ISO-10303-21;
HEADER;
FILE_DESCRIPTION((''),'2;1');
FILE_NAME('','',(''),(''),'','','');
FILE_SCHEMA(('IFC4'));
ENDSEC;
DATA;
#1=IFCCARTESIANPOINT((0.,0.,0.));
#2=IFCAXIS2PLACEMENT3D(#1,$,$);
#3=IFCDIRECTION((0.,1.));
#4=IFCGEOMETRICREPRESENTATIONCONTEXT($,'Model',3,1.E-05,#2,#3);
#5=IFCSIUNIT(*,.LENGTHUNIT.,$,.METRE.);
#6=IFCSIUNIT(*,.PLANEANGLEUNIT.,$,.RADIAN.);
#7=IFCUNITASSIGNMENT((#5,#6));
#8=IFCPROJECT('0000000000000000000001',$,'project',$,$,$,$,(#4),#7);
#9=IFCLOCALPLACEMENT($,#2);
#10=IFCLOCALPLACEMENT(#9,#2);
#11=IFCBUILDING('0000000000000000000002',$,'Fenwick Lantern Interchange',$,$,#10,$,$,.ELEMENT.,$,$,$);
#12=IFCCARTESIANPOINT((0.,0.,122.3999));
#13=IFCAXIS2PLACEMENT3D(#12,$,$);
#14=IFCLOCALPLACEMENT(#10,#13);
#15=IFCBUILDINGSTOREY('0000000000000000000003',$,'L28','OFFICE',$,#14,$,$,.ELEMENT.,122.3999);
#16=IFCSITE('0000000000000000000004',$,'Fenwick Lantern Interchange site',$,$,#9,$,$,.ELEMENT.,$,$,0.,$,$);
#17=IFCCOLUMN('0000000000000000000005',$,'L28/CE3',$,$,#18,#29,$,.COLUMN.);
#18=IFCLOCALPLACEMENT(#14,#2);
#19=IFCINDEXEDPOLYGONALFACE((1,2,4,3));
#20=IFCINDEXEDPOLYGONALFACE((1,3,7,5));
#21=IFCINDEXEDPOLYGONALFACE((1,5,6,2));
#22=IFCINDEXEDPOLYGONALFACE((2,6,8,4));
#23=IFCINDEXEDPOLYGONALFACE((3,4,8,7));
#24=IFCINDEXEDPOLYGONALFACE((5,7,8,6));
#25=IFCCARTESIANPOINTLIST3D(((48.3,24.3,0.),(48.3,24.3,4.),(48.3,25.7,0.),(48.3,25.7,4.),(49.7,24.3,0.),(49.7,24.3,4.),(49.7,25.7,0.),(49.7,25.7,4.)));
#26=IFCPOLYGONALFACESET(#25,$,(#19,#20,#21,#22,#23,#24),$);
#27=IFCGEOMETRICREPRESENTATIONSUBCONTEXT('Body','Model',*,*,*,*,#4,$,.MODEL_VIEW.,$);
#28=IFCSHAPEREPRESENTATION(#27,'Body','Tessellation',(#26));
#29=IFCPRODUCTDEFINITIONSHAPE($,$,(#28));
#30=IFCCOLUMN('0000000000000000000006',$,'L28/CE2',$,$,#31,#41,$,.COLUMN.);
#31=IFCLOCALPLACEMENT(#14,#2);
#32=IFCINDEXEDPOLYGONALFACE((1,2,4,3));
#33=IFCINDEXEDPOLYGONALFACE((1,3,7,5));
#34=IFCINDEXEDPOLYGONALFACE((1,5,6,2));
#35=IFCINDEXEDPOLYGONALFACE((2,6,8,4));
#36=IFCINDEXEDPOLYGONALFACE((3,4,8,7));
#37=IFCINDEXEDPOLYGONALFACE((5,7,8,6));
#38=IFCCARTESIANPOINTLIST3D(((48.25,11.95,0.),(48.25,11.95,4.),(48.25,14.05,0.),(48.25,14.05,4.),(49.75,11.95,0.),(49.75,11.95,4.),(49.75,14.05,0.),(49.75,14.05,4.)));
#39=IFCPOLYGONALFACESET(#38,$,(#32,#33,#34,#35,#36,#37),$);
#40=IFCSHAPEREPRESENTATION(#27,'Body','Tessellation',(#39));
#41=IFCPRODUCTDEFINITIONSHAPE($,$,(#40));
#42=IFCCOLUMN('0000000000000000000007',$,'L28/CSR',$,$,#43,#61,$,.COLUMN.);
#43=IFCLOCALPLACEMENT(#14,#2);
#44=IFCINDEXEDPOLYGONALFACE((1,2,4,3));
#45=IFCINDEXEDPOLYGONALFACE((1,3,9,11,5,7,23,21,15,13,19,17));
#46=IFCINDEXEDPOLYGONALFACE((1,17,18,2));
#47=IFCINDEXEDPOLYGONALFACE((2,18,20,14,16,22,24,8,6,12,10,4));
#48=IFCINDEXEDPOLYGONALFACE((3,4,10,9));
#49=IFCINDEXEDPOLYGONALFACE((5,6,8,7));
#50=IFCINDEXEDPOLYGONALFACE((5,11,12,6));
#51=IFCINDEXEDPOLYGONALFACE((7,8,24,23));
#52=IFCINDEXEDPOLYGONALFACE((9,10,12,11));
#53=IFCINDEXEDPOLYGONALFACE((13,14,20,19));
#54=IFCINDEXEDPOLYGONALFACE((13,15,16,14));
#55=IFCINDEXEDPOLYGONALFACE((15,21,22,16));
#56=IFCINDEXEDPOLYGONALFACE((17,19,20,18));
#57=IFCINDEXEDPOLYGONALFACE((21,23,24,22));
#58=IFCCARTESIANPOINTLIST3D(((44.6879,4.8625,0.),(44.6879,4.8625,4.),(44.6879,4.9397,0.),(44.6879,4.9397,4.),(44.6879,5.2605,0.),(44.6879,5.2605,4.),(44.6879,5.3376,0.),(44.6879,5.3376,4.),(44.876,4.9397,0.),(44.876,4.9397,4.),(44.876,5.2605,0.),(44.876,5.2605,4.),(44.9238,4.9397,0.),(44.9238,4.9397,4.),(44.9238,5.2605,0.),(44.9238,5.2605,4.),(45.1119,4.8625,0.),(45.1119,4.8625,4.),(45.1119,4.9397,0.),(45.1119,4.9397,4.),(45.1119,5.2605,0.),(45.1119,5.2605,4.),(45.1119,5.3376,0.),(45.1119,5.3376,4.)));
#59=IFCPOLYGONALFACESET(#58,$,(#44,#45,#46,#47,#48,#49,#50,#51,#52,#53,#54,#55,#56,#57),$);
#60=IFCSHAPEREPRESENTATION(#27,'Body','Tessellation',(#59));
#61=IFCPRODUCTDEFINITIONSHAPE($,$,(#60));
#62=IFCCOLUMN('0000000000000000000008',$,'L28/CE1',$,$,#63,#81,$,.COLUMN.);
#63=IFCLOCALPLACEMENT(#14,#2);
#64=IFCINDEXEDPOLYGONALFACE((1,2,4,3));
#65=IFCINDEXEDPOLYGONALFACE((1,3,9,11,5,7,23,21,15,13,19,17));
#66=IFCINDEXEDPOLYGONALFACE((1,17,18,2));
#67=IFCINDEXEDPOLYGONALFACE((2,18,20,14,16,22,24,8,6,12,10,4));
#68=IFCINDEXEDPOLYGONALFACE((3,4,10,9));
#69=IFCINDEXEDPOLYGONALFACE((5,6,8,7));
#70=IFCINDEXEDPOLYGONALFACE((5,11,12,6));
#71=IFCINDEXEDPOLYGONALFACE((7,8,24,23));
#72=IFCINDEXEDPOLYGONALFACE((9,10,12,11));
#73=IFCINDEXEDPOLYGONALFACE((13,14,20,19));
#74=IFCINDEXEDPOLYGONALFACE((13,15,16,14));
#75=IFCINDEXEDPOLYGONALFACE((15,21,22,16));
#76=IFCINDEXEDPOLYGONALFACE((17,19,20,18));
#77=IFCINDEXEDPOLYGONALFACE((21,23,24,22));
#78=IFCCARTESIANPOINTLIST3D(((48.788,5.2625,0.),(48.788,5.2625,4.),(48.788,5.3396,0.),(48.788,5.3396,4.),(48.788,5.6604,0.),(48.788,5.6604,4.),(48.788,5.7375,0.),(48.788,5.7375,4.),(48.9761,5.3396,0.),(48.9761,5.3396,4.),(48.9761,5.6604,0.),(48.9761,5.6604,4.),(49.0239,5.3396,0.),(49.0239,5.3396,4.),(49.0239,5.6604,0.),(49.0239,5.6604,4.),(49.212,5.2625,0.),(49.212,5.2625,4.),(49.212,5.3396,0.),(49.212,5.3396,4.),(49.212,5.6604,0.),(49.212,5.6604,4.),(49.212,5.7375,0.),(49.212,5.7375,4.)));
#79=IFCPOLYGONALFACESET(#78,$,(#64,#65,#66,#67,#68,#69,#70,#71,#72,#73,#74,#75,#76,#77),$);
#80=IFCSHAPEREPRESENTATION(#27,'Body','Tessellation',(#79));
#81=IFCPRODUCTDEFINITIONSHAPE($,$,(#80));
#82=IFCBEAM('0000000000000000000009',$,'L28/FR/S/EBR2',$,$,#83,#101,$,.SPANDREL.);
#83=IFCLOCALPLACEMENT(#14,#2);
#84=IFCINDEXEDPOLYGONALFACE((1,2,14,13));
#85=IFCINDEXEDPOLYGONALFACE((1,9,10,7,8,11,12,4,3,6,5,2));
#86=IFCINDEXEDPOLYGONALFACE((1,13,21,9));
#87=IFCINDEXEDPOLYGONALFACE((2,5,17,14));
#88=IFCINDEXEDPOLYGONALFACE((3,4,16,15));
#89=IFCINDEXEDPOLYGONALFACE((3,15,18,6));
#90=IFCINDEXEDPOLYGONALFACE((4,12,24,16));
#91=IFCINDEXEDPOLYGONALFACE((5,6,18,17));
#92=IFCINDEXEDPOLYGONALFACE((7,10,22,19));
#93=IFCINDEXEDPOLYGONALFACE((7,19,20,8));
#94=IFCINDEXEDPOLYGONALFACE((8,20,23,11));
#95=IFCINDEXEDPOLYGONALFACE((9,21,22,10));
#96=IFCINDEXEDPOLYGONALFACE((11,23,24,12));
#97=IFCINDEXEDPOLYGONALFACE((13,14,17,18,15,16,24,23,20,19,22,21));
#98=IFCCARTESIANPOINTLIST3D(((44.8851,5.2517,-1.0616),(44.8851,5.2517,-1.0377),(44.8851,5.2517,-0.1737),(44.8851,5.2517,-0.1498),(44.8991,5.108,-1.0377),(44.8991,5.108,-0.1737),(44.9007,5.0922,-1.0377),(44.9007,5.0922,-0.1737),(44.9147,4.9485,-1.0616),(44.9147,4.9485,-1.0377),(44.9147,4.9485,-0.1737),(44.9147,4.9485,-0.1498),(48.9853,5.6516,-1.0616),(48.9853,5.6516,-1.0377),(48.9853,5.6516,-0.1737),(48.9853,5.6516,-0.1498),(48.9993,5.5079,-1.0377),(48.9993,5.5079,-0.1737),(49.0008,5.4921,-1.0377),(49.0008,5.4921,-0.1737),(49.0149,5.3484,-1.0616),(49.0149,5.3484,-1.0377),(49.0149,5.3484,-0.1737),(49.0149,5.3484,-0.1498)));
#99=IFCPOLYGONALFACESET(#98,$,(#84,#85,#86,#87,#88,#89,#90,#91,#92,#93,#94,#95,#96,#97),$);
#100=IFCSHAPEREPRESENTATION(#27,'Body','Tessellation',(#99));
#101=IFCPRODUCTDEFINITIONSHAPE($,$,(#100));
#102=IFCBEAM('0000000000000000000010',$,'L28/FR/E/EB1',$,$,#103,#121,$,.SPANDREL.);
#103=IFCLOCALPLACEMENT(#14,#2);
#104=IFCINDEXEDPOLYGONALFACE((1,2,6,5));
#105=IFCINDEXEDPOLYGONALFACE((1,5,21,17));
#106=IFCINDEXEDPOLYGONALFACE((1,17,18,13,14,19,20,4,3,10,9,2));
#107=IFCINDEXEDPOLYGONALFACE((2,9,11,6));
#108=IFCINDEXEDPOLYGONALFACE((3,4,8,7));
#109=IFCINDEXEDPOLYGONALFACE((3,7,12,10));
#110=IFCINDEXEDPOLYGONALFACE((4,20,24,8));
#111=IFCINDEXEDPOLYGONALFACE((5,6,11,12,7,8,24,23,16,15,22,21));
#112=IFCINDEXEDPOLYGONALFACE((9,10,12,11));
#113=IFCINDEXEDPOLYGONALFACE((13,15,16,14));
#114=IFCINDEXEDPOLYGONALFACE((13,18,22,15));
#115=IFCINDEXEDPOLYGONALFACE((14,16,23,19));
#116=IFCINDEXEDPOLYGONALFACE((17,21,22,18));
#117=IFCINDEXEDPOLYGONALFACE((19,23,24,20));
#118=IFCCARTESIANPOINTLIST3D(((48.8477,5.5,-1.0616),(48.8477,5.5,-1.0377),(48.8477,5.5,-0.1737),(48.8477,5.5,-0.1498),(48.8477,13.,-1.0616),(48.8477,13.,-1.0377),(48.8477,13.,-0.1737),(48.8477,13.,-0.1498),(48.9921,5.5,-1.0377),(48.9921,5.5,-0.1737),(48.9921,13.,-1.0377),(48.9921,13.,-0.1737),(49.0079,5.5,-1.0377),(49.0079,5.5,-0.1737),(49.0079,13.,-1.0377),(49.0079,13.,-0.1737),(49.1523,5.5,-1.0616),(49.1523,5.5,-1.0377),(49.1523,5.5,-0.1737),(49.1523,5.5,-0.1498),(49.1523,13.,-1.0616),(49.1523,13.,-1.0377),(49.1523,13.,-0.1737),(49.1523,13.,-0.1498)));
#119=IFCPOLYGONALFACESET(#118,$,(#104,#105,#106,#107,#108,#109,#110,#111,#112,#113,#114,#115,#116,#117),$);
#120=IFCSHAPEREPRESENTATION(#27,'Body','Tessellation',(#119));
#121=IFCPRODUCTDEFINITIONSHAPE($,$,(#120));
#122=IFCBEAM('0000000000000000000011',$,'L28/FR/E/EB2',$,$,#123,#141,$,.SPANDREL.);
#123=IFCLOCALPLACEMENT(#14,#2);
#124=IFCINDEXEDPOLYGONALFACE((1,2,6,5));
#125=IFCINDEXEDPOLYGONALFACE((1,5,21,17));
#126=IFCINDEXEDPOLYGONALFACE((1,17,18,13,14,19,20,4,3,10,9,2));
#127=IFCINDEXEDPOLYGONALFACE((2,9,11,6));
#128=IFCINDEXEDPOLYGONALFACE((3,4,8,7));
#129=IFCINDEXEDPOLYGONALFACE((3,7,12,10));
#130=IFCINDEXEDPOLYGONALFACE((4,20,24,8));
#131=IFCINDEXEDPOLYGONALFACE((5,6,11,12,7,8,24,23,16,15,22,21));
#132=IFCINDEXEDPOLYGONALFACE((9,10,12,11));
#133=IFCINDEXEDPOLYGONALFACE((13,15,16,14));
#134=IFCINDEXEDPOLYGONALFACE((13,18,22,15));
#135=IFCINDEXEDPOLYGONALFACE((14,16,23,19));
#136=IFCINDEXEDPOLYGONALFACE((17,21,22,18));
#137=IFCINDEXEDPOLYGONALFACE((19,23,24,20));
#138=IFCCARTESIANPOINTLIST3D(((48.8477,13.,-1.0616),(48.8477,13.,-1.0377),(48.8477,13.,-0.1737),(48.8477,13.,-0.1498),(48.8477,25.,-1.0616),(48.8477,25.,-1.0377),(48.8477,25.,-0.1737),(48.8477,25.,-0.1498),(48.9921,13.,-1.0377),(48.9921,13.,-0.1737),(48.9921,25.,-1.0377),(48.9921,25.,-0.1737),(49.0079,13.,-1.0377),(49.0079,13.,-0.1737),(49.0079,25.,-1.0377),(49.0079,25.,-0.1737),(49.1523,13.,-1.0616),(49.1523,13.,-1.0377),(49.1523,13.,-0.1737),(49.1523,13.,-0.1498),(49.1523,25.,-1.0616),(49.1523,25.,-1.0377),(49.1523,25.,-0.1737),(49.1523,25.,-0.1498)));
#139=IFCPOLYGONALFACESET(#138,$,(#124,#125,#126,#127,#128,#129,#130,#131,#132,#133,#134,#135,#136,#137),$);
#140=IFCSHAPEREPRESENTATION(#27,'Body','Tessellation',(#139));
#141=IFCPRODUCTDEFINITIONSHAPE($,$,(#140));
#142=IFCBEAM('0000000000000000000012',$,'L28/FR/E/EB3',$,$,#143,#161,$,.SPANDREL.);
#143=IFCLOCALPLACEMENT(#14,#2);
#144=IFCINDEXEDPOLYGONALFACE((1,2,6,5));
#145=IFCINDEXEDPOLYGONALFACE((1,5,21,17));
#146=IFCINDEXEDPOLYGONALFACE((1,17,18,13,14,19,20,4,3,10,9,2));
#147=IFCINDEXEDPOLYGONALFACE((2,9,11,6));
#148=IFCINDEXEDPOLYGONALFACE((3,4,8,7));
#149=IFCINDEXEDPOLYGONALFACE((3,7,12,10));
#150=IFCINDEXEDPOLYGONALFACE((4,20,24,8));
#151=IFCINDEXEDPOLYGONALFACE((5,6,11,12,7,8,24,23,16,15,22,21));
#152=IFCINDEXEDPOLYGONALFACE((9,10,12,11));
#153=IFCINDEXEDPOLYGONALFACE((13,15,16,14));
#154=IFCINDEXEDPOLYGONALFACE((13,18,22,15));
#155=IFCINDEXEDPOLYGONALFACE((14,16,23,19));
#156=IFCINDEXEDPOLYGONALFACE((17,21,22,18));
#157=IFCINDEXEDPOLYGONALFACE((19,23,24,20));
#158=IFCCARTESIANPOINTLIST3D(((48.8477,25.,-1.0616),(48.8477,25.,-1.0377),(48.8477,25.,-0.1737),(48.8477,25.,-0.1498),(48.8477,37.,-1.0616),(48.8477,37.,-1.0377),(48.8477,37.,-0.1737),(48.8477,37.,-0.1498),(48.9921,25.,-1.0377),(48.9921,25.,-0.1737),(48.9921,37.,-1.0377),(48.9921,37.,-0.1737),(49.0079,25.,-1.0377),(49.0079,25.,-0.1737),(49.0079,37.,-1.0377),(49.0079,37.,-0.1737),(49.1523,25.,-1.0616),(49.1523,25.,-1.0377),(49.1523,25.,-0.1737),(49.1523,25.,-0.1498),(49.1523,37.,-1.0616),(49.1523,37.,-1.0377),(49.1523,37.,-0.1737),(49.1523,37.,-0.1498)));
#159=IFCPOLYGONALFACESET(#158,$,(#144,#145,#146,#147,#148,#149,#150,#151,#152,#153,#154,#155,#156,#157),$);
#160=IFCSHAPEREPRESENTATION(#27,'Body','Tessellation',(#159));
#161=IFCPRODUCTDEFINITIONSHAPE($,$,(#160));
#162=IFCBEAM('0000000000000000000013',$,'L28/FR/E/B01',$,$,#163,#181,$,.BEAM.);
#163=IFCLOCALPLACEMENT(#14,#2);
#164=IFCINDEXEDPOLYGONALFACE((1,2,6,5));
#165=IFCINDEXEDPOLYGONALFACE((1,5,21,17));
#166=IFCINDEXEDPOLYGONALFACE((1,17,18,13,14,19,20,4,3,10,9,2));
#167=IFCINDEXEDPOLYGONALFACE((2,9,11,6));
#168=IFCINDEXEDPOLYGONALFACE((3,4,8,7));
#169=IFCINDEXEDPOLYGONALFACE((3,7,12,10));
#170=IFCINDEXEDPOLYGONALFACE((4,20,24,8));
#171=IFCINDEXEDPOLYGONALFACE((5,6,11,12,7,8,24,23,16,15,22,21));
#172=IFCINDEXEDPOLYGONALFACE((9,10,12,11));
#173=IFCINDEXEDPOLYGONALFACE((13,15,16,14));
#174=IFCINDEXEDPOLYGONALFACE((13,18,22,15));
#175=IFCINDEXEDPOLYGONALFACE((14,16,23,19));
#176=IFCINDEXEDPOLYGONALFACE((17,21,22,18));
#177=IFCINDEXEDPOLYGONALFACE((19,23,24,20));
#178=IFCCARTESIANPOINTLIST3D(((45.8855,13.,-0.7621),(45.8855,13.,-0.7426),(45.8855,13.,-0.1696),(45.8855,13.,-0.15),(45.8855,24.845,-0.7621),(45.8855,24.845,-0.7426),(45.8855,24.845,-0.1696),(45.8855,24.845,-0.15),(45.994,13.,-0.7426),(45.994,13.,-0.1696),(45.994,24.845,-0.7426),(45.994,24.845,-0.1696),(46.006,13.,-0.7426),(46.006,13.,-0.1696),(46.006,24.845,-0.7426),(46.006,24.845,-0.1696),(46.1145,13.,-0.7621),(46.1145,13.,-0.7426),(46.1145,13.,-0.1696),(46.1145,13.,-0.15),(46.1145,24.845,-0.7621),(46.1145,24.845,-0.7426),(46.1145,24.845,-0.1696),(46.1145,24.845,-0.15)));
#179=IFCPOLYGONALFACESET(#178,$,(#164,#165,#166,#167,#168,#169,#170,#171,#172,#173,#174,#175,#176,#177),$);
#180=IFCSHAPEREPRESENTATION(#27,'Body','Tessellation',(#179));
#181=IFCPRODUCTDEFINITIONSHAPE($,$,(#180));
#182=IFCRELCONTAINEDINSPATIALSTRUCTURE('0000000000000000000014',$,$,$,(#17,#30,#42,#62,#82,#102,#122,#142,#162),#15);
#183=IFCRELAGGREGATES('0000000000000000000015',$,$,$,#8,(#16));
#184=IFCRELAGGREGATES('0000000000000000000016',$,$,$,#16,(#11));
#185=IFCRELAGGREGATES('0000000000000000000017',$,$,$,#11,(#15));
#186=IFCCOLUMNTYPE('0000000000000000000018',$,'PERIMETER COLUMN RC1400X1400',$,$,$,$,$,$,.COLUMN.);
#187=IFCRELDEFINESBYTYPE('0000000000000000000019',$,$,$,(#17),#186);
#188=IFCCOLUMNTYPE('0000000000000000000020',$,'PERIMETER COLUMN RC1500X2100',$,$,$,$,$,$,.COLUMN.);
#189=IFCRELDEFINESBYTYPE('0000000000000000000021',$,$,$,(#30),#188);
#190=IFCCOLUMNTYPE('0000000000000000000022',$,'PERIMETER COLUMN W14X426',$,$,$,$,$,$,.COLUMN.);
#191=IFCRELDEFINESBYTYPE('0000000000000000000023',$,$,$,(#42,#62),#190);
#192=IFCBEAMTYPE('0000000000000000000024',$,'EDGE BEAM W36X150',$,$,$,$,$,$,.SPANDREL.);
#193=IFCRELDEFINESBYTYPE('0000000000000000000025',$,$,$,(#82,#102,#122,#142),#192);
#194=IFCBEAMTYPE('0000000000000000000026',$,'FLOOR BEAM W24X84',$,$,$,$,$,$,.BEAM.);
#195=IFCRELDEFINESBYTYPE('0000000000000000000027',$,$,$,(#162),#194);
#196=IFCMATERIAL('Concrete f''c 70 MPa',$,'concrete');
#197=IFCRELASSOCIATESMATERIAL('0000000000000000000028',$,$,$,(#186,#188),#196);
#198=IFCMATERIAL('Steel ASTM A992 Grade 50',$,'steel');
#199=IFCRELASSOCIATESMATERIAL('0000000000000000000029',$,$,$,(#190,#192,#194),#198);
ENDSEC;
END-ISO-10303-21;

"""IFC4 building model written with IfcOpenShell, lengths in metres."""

from ifc_helpers import new_model, si_unit, direction, frame, origin, origin_2d, place, context, subcontext, project, spatial, rectangle, i_section, extrude, material, material_profile, profile_set, type_object, element, save


model = new_model("IFC4")

# Units and contexts
model_context = context("Model", 3, precision=1e-05, world=origin(), true_north=direction((0.0, 1.0)))
body_context = subcontext(model_context, "Body", "Model", "MODEL_VIEW")
ifc_project = project(units=[si_unit("LENGTHUNIT", "METRE"), si_unit("PLANEANGLEUNIT", "RADIAN")], contexts=[model_context])

# Site, building, storey
site_placement = place(None, origin())
site = spatial("IfcSite", under=ifc_project, at=site_placement, Name="Fenwick Lantern Interchange site", CompositionType="ELEMENT", RefElevation=0.0)
building_placement = place(site_placement, origin())
building = spatial("IfcBuilding", under=site, at=building_placement, Name="Fenwick Lantern Interchange", CompositionType="ELEMENT")
storey_placement = place(building_placement, frame((0.0, 0.0, 122.3999)))
storey = spatial("IfcBuildingStorey", under=building, at=storey_placement, Name="L28", Description="OFFICE", CompositionType="ELEMENT", Elevation=122.3999)

# Columns
ifc_material_1 = material(Name="Concrete f'c 70 MPa", Category="concrete")
ifc_material_profile_1 = material_profile(ifc_material_1, rectangle(XDim=1.3999, YDim=1.3999, at=origin_2d()), Name="RC1400X1400")
ifc_profile_set_1 = profile_set([ifc_material_profile_1], Name="Concrete f'c 70 MPa")
column_type_1 = type_object("IfcColumnType", Name="PERIMETER COLUMN RC1400X1400", PredefinedType="COLUMN", material=ifc_profile_set_1)
column_1_placement = place(storey_placement, frame((49.0, 25.0, 0.0), z_axis=(0.0, 0.0, 1.0), x_axis=(1.0, 0.0, 0.0)))
element("IfcColumn", 1, at=column_1_placement, inside=storey, type_object=column_type_1, Name="L28/CE3", PredefinedType="COLUMN", context=body_context, shape_type="SweptSolid", body=[
    extrude(rectangle(XDim=1.3999, YDim=1.3999, at=origin_2d()), origin(), (0.0, 0.0, 1.0), 4.0),
])
ifc_material_profile_2 = material_profile(ifc_material_1, rectangle(XDim=1.5, YDim=2.1001, at=origin_2d()), Name="RC1500X2100")
ifc_profile_set_2 = profile_set([ifc_material_profile_2], Name="Concrete f'c 70 MPa")
column_type_2 = type_object("IfcColumnType", Name="PERIMETER COLUMN RC1500X2100", PredefinedType="COLUMN", material=ifc_profile_set_2)
column_2_placement = place(storey_placement, frame((49.0, 13.0, 0.0), z_axis=(0.0, 0.0, 1.0), x_axis=(1.0, 0.0, 0.0)))
element("IfcColumn", 2, at=column_2_placement, inside=storey, type_object=column_type_2, Name="L28/CE2", PredefinedType="COLUMN", context=body_context, shape_type="SweptSolid", body=[
    extrude(rectangle(XDim=1.5, YDim=2.1001, at=origin_2d()), origin(), (0.0, 0.0, 1.0), 4.0),
])
ifc_material_2 = material(Name="Steel ASTM A992 Grade 50", Category="steel")
ifc_material_profile_3 = material_profile(ifc_material_2, i_section(OverallWidth=0.4241, OverallDepth=0.4751, WebThickness=0.0479, FlangeThickness=0.0771, at=origin_2d()), Name="W14X426")
ifc_profile_set_3 = profile_set([ifc_material_profile_3], Name="Steel ASTM A992 Grade 50")
column_type_3 = type_object("IfcColumnType", Name="PERIMETER COLUMN W14X426", PredefinedType="COLUMN", material=ifc_profile_set_3)
for number, where, z_axis, x_axis, name in (
    (3, (44.8999, 5.1001, 0.0), (0.0, 0.0, 1.0), (1.0, 0.0, 0.0), "L28/CSR"),
    (4, (49.0, 5.5, 0.0), (0.0, 0.0, 1.0), (1.0, 0.0, 0.0), "L28/CE1"),
):
    element("IfcColumn", number, at=place(storey_placement, frame(where, z_axis=z_axis, x_axis=x_axis)), inside=storey, type_object=column_type_3, Name=name, PredefinedType="COLUMN", context=body_context, shape_type="SweptSolid", body=[
        extrude(i_section(OverallWidth=0.4241, OverallDepth=0.4751, WebThickness=0.0479, FlangeThickness=0.0771, at=origin_2d()), origin(), (0.0, 0.0, 1.0), 4.0),
    ])

# Beams
ifc_material_profile_4 = material_profile(ifc_material_2, i_section(OverallWidth=0.3047, OverallDepth=0.9119, WebThickness=0.0159, FlangeThickness=0.0239, at=origin_2d()), Name="W36X150")
ifc_profile_set_4 = profile_set([ifc_material_profile_4], Name="Steel ASTM A992 Grade 50")
beam_type_1 = type_object("IfcBeamType", Name="EDGE BEAM W36X150", PredefinedType="SPANDREL", material=ifc_profile_set_4)
beam_1_placement = place(storey_placement, frame((44.8999, 5.1001, -0.6057), z_axis=(0.995277, 0.097074, 0.0), x_axis=(-0.097074, 0.995277, 0.0)))
element("IfcBeam", 5, at=beam_1_placement, inside=storey, type_object=beam_type_1, Name="L28/FR/S/EBR2", PredefinedType="SPANDREL", context=body_context, shape_type="SweptSolid", body=[
    extrude(i_section(OverallWidth=0.3047, OverallDepth=0.9119, WebThickness=0.0159, FlangeThickness=0.0239, at=origin_2d()), origin(), (0.0, 0.0, 1.0), 4.1196),
])
beam_2_placement = place(storey_placement, frame((49.0, 5.5, -0.6057), z_axis=(0.0, 1.0, 0.0), x_axis=(-1.0, 0.0, 0.0)))
element("IfcBeam", 6, at=beam_2_placement, inside=storey, type_object=beam_type_1, Name="L28/FR/E/EB1", PredefinedType="SPANDREL", context=body_context, shape_type="SweptSolid", body=[
    extrude(i_section(OverallWidth=0.3047, OverallDepth=0.9119, WebThickness=0.0159, FlangeThickness=0.0239, at=origin_2d()), origin(), (0.0, 0.0, 1.0), 7.5),
])
for number, where, z_axis, x_axis, name in (
    (7, (49.0, 13.0, -0.6057), (0.0, 1.0, 0.0), (-1.0, 0.0, 0.0), "L28/FR/E/EB2"),
    (8, (49.0, 25.0, -0.6057), (0.0, 1.0, 0.0), (-1.0, 0.0, 0.0), "L28/FR/E/EB3"),
):
    element("IfcBeam", number, at=place(storey_placement, frame(where, z_axis=z_axis, x_axis=x_axis)), inside=storey, type_object=beam_type_1, Name=name, PredefinedType="SPANDREL", context=body_context, shape_type="SweptSolid", body=[
        extrude(i_section(OverallWidth=0.3047, OverallDepth=0.9119, WebThickness=0.0159, FlangeThickness=0.0239, at=origin_2d()), origin(), (0.0, 0.0, 1.0), 12.0),
    ])
ifc_material_profile_5 = material_profile(ifc_material_2, i_section(OverallWidth=0.229, OverallDepth=0.6121, WebThickness=0.012, FlangeThickness=0.0195, at=origin_2d()), Name="W24X84")
ifc_profile_set_5 = profile_set([ifc_material_profile_5], Name="Steel ASTM A992 Grade 50")
beam_type_2 = type_object("IfcBeamType", Name="FLOOR BEAM W24X84", PredefinedType="BEAM", material=ifc_profile_set_5)
beam_3_placement = place(storey_placement, frame((46.0, 13.0, -0.4561), z_axis=(0.0, 1.0, 0.0), x_axis=(-1.0, 0.0, 0.0)))
element("IfcBeam", 9, at=beam_3_placement, inside=storey, type_object=beam_type_2, Name="L28/FR/E/B01", PredefinedType="BEAM", context=body_context, shape_type="SweptSolid", body=[
    extrude(i_section(OverallWidth=0.229, OverallDepth=0.6121, WebThickness=0.012, FlangeThickness=0.0195, at=origin_2d()), origin(), (0.0, 0.0, 1.0), 11.845),
])

save(model, "model.ifc")
